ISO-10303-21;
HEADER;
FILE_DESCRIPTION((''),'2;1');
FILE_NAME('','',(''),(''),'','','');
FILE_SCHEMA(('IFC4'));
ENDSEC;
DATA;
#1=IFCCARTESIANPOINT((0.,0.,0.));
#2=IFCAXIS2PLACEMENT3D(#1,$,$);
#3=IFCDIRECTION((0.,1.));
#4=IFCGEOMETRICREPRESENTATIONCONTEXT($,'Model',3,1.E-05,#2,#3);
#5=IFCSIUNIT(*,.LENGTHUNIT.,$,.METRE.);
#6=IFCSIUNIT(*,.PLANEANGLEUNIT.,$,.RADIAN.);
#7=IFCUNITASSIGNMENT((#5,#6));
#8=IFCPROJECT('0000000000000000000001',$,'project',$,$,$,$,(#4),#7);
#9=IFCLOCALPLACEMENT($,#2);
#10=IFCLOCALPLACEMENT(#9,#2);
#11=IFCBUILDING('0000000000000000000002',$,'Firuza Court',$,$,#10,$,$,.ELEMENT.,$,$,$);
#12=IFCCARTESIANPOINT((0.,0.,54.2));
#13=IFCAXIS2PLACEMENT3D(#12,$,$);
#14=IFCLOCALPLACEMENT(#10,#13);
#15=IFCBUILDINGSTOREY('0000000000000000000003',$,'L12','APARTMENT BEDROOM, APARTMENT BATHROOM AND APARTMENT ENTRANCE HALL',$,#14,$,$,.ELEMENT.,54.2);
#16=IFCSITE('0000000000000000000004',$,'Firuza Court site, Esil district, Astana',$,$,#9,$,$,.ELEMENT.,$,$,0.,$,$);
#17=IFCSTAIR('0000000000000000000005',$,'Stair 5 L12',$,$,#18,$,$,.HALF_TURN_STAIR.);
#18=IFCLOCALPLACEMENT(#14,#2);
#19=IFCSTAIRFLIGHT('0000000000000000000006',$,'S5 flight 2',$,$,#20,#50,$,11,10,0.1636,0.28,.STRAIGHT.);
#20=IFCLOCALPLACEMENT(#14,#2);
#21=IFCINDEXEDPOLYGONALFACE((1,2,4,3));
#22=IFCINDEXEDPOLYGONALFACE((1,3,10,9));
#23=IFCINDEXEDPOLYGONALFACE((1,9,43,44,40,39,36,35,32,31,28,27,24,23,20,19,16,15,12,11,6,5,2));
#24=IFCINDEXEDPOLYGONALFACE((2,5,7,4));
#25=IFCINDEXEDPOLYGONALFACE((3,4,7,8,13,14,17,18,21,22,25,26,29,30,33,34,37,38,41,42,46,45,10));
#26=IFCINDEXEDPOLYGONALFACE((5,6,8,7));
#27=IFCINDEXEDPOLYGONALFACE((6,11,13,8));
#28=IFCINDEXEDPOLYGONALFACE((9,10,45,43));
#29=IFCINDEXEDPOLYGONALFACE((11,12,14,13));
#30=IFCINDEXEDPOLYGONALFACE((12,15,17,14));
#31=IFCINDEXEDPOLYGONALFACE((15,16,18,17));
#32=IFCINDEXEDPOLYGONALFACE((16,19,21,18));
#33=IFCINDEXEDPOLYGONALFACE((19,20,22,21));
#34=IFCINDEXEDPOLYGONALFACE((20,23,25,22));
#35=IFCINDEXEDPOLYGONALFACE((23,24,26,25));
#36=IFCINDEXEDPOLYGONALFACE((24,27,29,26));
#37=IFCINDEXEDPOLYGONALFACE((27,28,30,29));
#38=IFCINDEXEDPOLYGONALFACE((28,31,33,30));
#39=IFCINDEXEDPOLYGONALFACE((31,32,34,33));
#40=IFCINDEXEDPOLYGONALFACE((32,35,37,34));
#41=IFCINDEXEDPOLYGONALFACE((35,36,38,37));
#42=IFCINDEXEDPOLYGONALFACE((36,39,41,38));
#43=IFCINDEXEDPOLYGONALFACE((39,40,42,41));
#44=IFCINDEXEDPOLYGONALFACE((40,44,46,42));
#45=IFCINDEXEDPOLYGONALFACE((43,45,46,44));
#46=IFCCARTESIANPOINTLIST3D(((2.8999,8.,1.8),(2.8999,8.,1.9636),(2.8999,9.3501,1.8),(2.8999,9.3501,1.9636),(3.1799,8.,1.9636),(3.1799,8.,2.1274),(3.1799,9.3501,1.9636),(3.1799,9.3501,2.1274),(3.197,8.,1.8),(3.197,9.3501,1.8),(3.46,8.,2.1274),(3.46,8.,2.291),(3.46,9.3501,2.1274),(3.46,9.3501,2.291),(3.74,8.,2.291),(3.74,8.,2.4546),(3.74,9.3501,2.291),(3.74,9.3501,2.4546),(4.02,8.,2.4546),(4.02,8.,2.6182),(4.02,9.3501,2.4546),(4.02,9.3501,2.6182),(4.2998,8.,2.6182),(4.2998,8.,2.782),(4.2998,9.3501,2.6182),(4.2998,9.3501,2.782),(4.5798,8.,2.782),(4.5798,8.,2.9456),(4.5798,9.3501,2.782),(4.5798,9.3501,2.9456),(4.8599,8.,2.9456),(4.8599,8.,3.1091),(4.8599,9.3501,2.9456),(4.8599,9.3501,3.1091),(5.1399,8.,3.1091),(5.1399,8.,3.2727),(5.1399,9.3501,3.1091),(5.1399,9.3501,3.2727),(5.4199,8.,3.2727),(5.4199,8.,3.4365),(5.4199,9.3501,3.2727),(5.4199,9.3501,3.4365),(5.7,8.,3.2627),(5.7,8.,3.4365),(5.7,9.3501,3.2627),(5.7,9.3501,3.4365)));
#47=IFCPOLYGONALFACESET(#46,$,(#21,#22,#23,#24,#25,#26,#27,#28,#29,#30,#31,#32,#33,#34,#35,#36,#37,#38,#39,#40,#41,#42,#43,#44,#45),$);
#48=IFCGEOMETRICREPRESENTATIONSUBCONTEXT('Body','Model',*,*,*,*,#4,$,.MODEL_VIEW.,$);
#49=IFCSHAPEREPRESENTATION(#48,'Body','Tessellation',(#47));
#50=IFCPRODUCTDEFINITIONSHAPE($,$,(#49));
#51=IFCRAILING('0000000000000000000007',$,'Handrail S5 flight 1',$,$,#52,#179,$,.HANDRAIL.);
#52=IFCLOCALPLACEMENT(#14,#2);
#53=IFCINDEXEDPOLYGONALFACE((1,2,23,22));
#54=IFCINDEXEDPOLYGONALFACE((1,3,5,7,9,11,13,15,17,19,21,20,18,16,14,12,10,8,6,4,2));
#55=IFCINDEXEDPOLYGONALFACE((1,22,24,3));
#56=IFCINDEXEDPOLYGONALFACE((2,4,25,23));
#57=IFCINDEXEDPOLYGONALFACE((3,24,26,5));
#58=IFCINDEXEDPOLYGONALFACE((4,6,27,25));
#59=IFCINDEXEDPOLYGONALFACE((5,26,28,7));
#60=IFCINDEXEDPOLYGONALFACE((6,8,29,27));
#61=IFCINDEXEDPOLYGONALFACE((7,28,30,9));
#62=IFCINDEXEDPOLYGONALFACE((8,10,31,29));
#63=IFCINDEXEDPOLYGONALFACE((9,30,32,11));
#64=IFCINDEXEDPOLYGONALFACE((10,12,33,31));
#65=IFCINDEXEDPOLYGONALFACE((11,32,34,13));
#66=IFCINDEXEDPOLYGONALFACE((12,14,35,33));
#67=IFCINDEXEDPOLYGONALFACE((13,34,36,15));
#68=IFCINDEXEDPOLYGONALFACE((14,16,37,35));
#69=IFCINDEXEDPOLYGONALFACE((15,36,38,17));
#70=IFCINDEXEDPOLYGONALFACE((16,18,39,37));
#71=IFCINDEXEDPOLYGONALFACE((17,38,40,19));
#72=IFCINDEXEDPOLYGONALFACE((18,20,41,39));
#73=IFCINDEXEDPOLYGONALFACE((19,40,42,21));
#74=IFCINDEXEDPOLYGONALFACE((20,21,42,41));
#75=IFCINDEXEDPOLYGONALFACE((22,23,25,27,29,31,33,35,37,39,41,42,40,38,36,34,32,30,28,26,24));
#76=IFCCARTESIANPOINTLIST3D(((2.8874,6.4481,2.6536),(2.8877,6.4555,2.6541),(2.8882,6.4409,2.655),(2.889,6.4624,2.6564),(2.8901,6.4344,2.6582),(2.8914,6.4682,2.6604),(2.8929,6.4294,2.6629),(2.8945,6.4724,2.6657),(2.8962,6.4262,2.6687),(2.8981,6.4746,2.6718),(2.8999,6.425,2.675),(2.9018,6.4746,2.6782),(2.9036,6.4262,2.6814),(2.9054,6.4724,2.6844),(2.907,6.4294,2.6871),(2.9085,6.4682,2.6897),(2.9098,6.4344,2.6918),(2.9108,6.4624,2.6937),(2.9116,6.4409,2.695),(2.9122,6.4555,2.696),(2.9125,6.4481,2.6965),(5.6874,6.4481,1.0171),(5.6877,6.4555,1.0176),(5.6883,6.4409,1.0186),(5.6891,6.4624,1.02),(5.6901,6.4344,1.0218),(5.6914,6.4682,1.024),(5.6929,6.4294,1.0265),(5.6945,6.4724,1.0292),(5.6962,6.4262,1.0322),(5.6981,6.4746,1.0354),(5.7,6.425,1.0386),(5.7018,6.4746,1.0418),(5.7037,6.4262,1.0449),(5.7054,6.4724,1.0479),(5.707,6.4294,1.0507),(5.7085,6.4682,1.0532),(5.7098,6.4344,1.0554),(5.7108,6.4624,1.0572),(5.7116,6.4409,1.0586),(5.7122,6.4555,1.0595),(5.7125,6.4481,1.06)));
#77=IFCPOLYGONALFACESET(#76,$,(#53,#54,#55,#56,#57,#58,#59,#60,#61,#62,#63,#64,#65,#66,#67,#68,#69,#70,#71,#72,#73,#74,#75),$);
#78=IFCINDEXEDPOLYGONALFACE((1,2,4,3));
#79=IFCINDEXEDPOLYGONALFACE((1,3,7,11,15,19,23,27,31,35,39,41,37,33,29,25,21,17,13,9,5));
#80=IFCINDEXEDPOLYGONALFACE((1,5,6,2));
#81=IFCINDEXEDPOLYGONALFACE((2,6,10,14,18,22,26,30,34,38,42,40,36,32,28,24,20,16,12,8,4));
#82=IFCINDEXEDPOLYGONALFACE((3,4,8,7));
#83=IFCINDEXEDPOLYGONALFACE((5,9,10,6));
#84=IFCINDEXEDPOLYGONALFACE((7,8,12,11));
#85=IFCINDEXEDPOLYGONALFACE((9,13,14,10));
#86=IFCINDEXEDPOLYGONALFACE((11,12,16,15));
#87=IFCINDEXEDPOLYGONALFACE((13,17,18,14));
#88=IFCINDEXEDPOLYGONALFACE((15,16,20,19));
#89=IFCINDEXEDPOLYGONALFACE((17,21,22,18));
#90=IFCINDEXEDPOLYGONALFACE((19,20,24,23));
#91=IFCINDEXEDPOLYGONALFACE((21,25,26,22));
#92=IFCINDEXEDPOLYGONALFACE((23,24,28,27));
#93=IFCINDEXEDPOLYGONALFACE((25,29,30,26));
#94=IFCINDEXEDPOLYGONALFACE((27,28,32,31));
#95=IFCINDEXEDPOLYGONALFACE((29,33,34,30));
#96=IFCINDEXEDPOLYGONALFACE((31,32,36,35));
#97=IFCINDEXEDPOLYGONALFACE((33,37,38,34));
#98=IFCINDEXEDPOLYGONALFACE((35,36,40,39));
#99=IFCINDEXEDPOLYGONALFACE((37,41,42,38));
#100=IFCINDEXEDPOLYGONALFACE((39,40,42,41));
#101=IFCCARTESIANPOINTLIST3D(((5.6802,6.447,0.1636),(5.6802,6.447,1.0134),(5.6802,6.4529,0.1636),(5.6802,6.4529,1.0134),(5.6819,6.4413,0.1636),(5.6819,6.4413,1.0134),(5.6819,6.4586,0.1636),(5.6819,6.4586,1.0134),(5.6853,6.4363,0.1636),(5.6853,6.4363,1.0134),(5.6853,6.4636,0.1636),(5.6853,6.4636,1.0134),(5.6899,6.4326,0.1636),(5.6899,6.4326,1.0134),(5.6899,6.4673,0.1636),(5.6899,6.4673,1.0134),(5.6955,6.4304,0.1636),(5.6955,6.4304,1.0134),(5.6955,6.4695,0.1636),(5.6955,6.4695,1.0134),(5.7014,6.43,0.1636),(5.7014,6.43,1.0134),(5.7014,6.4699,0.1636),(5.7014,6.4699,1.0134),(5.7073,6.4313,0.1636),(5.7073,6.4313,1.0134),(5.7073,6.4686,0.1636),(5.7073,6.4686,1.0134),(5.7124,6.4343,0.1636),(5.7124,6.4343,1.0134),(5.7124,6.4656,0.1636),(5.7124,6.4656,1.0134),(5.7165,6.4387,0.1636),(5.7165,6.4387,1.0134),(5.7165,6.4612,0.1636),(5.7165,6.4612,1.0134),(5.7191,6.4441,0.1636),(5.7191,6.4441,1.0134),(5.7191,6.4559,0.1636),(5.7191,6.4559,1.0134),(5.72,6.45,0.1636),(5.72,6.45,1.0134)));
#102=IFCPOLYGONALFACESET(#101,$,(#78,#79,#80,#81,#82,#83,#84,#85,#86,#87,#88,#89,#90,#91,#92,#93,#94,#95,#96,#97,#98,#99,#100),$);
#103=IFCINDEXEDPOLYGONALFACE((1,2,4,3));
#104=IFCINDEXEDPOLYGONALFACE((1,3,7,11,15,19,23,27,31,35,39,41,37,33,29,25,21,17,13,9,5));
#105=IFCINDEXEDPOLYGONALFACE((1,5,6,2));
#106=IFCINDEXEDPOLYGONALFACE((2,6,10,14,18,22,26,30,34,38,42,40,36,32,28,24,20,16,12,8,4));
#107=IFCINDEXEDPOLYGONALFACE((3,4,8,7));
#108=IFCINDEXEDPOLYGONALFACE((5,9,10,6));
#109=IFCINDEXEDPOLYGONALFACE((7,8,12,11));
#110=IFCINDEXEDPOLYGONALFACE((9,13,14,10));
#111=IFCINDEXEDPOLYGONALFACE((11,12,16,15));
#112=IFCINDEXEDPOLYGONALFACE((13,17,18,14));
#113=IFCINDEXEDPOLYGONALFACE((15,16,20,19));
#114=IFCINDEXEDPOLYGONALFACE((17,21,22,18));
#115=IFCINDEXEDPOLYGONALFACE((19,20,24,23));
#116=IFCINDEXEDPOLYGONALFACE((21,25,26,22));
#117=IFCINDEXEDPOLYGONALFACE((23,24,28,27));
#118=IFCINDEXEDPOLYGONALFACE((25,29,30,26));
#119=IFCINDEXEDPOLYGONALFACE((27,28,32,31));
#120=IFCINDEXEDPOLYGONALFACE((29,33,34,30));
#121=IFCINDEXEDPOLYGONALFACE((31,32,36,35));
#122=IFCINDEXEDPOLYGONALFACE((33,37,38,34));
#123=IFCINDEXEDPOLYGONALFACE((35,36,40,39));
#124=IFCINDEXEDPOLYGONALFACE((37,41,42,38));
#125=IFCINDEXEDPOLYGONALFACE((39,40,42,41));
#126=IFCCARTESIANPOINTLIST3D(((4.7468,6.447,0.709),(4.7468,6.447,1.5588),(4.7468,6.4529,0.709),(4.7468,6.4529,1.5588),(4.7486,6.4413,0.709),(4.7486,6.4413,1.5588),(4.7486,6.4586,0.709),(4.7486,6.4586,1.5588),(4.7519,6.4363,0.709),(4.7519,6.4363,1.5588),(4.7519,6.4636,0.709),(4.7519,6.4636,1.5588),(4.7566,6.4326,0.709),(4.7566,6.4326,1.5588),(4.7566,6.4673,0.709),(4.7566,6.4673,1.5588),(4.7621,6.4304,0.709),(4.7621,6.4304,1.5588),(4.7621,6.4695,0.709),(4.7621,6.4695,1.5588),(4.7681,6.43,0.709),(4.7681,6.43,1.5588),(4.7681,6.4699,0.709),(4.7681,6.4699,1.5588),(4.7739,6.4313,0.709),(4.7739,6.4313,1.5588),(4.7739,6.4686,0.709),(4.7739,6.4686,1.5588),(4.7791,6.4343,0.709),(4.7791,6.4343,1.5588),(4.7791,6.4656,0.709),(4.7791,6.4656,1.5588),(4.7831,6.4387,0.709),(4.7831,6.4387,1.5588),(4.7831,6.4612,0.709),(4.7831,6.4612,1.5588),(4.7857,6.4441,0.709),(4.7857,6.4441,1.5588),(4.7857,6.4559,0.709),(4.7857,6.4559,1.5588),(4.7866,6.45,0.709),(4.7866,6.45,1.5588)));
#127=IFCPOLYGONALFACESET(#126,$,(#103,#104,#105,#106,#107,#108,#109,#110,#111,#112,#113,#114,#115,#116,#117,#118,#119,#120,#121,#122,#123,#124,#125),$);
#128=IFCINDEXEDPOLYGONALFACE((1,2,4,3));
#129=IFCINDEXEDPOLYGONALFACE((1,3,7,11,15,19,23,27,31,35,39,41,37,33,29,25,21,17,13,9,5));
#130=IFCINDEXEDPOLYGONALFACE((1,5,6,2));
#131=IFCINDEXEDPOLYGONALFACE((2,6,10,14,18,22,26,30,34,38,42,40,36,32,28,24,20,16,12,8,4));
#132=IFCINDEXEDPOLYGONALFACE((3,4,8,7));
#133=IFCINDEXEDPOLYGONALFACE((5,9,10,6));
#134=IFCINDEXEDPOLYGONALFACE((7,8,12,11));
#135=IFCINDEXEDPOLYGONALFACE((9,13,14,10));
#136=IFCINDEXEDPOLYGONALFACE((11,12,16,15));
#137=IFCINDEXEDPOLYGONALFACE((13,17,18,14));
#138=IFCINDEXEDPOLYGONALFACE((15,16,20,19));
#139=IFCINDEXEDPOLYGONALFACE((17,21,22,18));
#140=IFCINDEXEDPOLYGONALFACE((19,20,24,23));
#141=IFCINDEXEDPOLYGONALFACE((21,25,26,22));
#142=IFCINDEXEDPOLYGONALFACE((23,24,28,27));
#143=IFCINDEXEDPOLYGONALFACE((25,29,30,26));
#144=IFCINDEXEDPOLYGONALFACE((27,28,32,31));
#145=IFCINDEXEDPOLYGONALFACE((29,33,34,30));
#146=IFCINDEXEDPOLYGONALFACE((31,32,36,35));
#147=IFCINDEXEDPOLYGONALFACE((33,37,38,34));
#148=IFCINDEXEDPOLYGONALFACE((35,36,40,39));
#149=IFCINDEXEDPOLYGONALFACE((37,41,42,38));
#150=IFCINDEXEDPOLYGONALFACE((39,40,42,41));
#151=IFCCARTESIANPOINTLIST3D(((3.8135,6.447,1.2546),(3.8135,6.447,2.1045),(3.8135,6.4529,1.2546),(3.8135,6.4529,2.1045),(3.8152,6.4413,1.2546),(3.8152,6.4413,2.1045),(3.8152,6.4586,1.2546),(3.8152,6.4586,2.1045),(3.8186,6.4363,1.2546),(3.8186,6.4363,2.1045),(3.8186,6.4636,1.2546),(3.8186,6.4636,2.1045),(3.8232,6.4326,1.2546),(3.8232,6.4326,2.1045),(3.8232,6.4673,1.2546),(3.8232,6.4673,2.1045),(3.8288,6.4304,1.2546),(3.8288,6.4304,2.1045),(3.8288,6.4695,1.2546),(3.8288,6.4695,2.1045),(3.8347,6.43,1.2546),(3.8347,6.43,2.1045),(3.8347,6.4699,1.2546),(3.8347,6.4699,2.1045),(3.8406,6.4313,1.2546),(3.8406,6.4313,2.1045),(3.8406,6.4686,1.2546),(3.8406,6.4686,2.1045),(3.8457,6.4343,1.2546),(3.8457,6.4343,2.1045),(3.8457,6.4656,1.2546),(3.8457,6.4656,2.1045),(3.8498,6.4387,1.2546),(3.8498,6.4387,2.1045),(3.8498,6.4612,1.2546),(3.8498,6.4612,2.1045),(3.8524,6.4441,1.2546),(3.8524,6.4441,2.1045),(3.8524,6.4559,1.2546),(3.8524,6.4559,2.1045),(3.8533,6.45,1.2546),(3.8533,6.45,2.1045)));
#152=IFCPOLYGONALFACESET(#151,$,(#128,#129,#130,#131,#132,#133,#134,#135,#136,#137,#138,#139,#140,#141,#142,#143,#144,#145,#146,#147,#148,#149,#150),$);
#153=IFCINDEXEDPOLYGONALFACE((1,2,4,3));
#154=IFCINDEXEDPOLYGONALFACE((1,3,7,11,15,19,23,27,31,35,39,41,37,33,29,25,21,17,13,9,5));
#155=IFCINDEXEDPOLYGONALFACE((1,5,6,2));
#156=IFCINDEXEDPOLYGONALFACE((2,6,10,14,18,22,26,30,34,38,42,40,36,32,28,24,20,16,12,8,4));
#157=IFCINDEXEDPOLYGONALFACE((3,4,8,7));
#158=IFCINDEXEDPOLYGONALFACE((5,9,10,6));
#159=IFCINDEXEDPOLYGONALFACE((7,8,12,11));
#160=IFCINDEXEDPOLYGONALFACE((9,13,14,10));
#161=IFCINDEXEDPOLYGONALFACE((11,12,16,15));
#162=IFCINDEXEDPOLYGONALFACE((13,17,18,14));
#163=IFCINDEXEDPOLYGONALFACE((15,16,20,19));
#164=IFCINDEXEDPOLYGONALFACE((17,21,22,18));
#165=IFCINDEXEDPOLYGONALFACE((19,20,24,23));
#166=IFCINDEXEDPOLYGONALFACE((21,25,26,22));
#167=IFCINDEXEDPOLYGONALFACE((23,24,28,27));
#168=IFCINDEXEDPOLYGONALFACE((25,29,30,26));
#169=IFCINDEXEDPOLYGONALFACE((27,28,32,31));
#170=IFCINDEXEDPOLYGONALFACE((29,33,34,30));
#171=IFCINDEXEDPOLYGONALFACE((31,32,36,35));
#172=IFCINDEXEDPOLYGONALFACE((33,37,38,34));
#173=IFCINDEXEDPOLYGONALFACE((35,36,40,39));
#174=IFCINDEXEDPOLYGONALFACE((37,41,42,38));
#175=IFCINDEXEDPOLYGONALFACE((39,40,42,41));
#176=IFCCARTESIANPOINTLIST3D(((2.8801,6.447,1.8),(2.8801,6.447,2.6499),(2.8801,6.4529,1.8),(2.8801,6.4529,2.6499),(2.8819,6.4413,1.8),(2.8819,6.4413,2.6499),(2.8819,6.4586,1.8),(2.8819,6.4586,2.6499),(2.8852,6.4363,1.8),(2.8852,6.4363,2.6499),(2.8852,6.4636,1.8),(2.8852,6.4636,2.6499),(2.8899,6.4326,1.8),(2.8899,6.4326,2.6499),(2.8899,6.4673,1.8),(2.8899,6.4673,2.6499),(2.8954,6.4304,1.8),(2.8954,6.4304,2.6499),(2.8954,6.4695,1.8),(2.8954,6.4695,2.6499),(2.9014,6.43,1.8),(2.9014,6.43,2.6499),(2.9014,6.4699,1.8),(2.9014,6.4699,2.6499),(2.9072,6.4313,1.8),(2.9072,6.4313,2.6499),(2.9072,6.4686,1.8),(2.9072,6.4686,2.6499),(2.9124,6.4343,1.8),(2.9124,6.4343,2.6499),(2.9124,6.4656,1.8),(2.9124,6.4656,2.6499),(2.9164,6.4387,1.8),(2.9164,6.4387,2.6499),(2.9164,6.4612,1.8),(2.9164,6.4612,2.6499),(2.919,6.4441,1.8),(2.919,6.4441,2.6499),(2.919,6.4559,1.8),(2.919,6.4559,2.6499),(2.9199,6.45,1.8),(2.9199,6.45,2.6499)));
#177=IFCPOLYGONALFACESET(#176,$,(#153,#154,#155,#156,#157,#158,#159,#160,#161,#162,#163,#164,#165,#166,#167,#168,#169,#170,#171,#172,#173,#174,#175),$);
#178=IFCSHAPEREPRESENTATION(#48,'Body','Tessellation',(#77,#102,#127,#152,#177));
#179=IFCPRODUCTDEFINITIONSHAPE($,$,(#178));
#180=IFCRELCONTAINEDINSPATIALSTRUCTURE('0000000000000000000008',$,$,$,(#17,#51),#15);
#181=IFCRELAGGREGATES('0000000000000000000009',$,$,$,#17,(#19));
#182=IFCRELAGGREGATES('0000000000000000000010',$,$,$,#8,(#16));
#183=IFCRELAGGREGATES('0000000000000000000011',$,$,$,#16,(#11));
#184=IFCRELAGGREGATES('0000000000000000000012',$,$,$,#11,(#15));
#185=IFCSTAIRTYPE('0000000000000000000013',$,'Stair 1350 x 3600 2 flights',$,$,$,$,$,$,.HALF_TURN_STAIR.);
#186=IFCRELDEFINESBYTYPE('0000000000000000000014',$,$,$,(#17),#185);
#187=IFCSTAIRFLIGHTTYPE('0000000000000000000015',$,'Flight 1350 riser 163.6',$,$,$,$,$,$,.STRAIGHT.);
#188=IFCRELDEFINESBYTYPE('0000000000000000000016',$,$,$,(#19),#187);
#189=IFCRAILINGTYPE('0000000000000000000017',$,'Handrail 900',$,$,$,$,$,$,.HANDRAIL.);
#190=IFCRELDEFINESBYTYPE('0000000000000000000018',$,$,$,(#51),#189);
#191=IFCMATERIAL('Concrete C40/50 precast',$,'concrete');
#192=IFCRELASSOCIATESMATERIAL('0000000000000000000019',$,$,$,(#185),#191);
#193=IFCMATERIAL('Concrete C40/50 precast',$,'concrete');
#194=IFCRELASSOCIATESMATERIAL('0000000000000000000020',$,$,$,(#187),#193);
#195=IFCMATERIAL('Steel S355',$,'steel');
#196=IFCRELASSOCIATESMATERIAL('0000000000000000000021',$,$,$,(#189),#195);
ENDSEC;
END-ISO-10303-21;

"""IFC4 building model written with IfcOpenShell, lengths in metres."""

from ifc_helpers import new_model, si_unit, direction, frame, origin, origin_2d, place, context, subcontext, project, spatial, polyline, circle, outline, extrude, material, type_object, element, aggregate, save


model = new_model("IFC4")

# Units and contexts
model_context = context("Model", 3, precision=1e-05, world=origin(), true_north=direction((0.0, 1.0)))
body_context = subcontext(model_context, "Body", "Model", "MODEL_VIEW")
ifc_project = project(units=[si_unit("LENGTHUNIT", "METRE"), si_unit("PLANEANGLEUNIT", "RADIAN")], contexts=[model_context])

# Site, building, storey
site_placement = place(None, origin())
site = spatial("IfcSite", under=ifc_project, at=site_placement, Name="Firuza Court site, Esil district, Astana", CompositionType="ELEMENT", RefElevation=0.0)
building_placement = place(site_placement, origin())
building = spatial("IfcBuilding", under=site, at=building_placement, Name="Firuza Court", CompositionType="ELEMENT")
storey_placement = place(building_placement, frame((0.0, 0.0, 54.2)))
storey = spatial("IfcBuildingStorey", under=building, at=storey_placement, Name="L12", Description="APARTMENT BEDROOM, APARTMENT BATHROOM AND APARTMENT ENTRANCE HALL", CompositionType="ELEMENT", Elevation=54.2)

# Stair, stair flight
ifc_material_1 = material(Name="Concrete C40/50 precast", Category="concrete")
stair_type = type_object("IfcStairType", Name="Stair 1350 x 3600 2 flights", PredefinedType="HALF_TURN_STAIR", material=ifc_material_1)
stair_placement = place(storey_placement, origin())
stair = element("IfcStair", 1, at=stair_placement, inside=storey, type_object=stair_type, Name="Stair 5 L12", PredefinedType="HALF_TURN_STAIR")
ifc_material_2 = material(Name="Concrete C40/50 precast", Category="concrete")
stair_flight_type = type_object("IfcStairFlightType", Name="Flight 1350 riser 163.6", PredefinedType="STRAIGHT", material=ifc_material_2)
stair_flight_1_placement = place(storey_placement, frame((2.8999, 8.675, 1.8), z_axis=(0.0, 0.0, 1.0), x_axis=(1.0, 0.0, 0.0)))
stair_flight_1 = element("IfcStairFlight", 2, at=stair_flight_1_placement, type_object=stair_flight_type, Name="S5 flight 2", NumberOfRisers=11, NumberOfTreads=10, PredefinedType="STRAIGHT", RiserHeight=0.1636, TreadLength=0.28, context=body_context, shape_type="SweptSolid", body=[
    extrude(outline(polyline([(0.0, 0.0), (0.0, 0.1636), (0.28, 0.1636), (0.28, 0.3274), (0.5601, 0.3274), (0.5601, 0.491), (0.8401, 0.491), (0.8401, 0.6545), (1.1201, 0.6545), (1.1201, 0.8181), (1.3999, 0.8181), (1.3999, 0.9819), (1.6799, 0.9819), (1.6799, 1.1455), (1.96, 1.1455), (1.96, 1.3091), (2.24, 1.3091), (2.24, 1.4727), (2.52, 1.4727), (2.52, 1.6365), (2.8, 1.6365), (2.8, 1.8), (2.8, 1.4626), (0.2971, 0.0), (0.0, 0.0)])), frame((0.0, 0.675, 0.0), z_axis=(0.0, -1.0, 0.0), x_axis=(1.0, 0.0, 0.0)), (0.0, 0.0, 1.0), 1.3501),
])
aggregate(stair, [stair_flight_1])

# Railing
ifc_material_3 = material(Name="Steel S355", Category="steel")
railing_type_1 = type_object("IfcRailingType", Name="Handrail 900", PredefinedType="HANDRAIL", material=ifc_material_3)
railing_1_placement = place(storey_placement, frame((5.7, 6.45, 0.1636)))
element("IfcRailing", 3, at=railing_1_placement, inside=storey, type_object=railing_type_1, Name="Handrail S5 flight 1", PredefinedType="HANDRAIL", context=body_context, shape_type="SweptSolid", body=[
    extrude(circle(Radius=0.0249, at=origin_2d()), frame((0.0, 0.0, 0.875), z_axis=(-0.863361, 0.0, 0.504587), x_axis=(0.0, -1.0, 0.0)), (0.0, 0.0, 1.0), 3.2432),
    extrude(circle(Radius=0.02, at=origin_2d()), origin(), (0.0, 0.0, 1.0), 0.8499),
    extrude(circle(Radius=0.02, at=origin_2d()), frame((-0.9333, 0.0, 0.5454)), (0.0, 0.0, 1.0), 0.8499),
    extrude(circle(Radius=0.02, at=origin_2d()), frame((-1.8667, 0.0, 1.0911)), (0.0, 0.0, 1.0), 0.8499),
    extrude(circle(Radius=0.02, at=origin_2d()), frame((-2.8, 0.0, 1.6365)), (0.0, 0.0, 1.0), 0.8499),
])

save(model, "model.ifc")
